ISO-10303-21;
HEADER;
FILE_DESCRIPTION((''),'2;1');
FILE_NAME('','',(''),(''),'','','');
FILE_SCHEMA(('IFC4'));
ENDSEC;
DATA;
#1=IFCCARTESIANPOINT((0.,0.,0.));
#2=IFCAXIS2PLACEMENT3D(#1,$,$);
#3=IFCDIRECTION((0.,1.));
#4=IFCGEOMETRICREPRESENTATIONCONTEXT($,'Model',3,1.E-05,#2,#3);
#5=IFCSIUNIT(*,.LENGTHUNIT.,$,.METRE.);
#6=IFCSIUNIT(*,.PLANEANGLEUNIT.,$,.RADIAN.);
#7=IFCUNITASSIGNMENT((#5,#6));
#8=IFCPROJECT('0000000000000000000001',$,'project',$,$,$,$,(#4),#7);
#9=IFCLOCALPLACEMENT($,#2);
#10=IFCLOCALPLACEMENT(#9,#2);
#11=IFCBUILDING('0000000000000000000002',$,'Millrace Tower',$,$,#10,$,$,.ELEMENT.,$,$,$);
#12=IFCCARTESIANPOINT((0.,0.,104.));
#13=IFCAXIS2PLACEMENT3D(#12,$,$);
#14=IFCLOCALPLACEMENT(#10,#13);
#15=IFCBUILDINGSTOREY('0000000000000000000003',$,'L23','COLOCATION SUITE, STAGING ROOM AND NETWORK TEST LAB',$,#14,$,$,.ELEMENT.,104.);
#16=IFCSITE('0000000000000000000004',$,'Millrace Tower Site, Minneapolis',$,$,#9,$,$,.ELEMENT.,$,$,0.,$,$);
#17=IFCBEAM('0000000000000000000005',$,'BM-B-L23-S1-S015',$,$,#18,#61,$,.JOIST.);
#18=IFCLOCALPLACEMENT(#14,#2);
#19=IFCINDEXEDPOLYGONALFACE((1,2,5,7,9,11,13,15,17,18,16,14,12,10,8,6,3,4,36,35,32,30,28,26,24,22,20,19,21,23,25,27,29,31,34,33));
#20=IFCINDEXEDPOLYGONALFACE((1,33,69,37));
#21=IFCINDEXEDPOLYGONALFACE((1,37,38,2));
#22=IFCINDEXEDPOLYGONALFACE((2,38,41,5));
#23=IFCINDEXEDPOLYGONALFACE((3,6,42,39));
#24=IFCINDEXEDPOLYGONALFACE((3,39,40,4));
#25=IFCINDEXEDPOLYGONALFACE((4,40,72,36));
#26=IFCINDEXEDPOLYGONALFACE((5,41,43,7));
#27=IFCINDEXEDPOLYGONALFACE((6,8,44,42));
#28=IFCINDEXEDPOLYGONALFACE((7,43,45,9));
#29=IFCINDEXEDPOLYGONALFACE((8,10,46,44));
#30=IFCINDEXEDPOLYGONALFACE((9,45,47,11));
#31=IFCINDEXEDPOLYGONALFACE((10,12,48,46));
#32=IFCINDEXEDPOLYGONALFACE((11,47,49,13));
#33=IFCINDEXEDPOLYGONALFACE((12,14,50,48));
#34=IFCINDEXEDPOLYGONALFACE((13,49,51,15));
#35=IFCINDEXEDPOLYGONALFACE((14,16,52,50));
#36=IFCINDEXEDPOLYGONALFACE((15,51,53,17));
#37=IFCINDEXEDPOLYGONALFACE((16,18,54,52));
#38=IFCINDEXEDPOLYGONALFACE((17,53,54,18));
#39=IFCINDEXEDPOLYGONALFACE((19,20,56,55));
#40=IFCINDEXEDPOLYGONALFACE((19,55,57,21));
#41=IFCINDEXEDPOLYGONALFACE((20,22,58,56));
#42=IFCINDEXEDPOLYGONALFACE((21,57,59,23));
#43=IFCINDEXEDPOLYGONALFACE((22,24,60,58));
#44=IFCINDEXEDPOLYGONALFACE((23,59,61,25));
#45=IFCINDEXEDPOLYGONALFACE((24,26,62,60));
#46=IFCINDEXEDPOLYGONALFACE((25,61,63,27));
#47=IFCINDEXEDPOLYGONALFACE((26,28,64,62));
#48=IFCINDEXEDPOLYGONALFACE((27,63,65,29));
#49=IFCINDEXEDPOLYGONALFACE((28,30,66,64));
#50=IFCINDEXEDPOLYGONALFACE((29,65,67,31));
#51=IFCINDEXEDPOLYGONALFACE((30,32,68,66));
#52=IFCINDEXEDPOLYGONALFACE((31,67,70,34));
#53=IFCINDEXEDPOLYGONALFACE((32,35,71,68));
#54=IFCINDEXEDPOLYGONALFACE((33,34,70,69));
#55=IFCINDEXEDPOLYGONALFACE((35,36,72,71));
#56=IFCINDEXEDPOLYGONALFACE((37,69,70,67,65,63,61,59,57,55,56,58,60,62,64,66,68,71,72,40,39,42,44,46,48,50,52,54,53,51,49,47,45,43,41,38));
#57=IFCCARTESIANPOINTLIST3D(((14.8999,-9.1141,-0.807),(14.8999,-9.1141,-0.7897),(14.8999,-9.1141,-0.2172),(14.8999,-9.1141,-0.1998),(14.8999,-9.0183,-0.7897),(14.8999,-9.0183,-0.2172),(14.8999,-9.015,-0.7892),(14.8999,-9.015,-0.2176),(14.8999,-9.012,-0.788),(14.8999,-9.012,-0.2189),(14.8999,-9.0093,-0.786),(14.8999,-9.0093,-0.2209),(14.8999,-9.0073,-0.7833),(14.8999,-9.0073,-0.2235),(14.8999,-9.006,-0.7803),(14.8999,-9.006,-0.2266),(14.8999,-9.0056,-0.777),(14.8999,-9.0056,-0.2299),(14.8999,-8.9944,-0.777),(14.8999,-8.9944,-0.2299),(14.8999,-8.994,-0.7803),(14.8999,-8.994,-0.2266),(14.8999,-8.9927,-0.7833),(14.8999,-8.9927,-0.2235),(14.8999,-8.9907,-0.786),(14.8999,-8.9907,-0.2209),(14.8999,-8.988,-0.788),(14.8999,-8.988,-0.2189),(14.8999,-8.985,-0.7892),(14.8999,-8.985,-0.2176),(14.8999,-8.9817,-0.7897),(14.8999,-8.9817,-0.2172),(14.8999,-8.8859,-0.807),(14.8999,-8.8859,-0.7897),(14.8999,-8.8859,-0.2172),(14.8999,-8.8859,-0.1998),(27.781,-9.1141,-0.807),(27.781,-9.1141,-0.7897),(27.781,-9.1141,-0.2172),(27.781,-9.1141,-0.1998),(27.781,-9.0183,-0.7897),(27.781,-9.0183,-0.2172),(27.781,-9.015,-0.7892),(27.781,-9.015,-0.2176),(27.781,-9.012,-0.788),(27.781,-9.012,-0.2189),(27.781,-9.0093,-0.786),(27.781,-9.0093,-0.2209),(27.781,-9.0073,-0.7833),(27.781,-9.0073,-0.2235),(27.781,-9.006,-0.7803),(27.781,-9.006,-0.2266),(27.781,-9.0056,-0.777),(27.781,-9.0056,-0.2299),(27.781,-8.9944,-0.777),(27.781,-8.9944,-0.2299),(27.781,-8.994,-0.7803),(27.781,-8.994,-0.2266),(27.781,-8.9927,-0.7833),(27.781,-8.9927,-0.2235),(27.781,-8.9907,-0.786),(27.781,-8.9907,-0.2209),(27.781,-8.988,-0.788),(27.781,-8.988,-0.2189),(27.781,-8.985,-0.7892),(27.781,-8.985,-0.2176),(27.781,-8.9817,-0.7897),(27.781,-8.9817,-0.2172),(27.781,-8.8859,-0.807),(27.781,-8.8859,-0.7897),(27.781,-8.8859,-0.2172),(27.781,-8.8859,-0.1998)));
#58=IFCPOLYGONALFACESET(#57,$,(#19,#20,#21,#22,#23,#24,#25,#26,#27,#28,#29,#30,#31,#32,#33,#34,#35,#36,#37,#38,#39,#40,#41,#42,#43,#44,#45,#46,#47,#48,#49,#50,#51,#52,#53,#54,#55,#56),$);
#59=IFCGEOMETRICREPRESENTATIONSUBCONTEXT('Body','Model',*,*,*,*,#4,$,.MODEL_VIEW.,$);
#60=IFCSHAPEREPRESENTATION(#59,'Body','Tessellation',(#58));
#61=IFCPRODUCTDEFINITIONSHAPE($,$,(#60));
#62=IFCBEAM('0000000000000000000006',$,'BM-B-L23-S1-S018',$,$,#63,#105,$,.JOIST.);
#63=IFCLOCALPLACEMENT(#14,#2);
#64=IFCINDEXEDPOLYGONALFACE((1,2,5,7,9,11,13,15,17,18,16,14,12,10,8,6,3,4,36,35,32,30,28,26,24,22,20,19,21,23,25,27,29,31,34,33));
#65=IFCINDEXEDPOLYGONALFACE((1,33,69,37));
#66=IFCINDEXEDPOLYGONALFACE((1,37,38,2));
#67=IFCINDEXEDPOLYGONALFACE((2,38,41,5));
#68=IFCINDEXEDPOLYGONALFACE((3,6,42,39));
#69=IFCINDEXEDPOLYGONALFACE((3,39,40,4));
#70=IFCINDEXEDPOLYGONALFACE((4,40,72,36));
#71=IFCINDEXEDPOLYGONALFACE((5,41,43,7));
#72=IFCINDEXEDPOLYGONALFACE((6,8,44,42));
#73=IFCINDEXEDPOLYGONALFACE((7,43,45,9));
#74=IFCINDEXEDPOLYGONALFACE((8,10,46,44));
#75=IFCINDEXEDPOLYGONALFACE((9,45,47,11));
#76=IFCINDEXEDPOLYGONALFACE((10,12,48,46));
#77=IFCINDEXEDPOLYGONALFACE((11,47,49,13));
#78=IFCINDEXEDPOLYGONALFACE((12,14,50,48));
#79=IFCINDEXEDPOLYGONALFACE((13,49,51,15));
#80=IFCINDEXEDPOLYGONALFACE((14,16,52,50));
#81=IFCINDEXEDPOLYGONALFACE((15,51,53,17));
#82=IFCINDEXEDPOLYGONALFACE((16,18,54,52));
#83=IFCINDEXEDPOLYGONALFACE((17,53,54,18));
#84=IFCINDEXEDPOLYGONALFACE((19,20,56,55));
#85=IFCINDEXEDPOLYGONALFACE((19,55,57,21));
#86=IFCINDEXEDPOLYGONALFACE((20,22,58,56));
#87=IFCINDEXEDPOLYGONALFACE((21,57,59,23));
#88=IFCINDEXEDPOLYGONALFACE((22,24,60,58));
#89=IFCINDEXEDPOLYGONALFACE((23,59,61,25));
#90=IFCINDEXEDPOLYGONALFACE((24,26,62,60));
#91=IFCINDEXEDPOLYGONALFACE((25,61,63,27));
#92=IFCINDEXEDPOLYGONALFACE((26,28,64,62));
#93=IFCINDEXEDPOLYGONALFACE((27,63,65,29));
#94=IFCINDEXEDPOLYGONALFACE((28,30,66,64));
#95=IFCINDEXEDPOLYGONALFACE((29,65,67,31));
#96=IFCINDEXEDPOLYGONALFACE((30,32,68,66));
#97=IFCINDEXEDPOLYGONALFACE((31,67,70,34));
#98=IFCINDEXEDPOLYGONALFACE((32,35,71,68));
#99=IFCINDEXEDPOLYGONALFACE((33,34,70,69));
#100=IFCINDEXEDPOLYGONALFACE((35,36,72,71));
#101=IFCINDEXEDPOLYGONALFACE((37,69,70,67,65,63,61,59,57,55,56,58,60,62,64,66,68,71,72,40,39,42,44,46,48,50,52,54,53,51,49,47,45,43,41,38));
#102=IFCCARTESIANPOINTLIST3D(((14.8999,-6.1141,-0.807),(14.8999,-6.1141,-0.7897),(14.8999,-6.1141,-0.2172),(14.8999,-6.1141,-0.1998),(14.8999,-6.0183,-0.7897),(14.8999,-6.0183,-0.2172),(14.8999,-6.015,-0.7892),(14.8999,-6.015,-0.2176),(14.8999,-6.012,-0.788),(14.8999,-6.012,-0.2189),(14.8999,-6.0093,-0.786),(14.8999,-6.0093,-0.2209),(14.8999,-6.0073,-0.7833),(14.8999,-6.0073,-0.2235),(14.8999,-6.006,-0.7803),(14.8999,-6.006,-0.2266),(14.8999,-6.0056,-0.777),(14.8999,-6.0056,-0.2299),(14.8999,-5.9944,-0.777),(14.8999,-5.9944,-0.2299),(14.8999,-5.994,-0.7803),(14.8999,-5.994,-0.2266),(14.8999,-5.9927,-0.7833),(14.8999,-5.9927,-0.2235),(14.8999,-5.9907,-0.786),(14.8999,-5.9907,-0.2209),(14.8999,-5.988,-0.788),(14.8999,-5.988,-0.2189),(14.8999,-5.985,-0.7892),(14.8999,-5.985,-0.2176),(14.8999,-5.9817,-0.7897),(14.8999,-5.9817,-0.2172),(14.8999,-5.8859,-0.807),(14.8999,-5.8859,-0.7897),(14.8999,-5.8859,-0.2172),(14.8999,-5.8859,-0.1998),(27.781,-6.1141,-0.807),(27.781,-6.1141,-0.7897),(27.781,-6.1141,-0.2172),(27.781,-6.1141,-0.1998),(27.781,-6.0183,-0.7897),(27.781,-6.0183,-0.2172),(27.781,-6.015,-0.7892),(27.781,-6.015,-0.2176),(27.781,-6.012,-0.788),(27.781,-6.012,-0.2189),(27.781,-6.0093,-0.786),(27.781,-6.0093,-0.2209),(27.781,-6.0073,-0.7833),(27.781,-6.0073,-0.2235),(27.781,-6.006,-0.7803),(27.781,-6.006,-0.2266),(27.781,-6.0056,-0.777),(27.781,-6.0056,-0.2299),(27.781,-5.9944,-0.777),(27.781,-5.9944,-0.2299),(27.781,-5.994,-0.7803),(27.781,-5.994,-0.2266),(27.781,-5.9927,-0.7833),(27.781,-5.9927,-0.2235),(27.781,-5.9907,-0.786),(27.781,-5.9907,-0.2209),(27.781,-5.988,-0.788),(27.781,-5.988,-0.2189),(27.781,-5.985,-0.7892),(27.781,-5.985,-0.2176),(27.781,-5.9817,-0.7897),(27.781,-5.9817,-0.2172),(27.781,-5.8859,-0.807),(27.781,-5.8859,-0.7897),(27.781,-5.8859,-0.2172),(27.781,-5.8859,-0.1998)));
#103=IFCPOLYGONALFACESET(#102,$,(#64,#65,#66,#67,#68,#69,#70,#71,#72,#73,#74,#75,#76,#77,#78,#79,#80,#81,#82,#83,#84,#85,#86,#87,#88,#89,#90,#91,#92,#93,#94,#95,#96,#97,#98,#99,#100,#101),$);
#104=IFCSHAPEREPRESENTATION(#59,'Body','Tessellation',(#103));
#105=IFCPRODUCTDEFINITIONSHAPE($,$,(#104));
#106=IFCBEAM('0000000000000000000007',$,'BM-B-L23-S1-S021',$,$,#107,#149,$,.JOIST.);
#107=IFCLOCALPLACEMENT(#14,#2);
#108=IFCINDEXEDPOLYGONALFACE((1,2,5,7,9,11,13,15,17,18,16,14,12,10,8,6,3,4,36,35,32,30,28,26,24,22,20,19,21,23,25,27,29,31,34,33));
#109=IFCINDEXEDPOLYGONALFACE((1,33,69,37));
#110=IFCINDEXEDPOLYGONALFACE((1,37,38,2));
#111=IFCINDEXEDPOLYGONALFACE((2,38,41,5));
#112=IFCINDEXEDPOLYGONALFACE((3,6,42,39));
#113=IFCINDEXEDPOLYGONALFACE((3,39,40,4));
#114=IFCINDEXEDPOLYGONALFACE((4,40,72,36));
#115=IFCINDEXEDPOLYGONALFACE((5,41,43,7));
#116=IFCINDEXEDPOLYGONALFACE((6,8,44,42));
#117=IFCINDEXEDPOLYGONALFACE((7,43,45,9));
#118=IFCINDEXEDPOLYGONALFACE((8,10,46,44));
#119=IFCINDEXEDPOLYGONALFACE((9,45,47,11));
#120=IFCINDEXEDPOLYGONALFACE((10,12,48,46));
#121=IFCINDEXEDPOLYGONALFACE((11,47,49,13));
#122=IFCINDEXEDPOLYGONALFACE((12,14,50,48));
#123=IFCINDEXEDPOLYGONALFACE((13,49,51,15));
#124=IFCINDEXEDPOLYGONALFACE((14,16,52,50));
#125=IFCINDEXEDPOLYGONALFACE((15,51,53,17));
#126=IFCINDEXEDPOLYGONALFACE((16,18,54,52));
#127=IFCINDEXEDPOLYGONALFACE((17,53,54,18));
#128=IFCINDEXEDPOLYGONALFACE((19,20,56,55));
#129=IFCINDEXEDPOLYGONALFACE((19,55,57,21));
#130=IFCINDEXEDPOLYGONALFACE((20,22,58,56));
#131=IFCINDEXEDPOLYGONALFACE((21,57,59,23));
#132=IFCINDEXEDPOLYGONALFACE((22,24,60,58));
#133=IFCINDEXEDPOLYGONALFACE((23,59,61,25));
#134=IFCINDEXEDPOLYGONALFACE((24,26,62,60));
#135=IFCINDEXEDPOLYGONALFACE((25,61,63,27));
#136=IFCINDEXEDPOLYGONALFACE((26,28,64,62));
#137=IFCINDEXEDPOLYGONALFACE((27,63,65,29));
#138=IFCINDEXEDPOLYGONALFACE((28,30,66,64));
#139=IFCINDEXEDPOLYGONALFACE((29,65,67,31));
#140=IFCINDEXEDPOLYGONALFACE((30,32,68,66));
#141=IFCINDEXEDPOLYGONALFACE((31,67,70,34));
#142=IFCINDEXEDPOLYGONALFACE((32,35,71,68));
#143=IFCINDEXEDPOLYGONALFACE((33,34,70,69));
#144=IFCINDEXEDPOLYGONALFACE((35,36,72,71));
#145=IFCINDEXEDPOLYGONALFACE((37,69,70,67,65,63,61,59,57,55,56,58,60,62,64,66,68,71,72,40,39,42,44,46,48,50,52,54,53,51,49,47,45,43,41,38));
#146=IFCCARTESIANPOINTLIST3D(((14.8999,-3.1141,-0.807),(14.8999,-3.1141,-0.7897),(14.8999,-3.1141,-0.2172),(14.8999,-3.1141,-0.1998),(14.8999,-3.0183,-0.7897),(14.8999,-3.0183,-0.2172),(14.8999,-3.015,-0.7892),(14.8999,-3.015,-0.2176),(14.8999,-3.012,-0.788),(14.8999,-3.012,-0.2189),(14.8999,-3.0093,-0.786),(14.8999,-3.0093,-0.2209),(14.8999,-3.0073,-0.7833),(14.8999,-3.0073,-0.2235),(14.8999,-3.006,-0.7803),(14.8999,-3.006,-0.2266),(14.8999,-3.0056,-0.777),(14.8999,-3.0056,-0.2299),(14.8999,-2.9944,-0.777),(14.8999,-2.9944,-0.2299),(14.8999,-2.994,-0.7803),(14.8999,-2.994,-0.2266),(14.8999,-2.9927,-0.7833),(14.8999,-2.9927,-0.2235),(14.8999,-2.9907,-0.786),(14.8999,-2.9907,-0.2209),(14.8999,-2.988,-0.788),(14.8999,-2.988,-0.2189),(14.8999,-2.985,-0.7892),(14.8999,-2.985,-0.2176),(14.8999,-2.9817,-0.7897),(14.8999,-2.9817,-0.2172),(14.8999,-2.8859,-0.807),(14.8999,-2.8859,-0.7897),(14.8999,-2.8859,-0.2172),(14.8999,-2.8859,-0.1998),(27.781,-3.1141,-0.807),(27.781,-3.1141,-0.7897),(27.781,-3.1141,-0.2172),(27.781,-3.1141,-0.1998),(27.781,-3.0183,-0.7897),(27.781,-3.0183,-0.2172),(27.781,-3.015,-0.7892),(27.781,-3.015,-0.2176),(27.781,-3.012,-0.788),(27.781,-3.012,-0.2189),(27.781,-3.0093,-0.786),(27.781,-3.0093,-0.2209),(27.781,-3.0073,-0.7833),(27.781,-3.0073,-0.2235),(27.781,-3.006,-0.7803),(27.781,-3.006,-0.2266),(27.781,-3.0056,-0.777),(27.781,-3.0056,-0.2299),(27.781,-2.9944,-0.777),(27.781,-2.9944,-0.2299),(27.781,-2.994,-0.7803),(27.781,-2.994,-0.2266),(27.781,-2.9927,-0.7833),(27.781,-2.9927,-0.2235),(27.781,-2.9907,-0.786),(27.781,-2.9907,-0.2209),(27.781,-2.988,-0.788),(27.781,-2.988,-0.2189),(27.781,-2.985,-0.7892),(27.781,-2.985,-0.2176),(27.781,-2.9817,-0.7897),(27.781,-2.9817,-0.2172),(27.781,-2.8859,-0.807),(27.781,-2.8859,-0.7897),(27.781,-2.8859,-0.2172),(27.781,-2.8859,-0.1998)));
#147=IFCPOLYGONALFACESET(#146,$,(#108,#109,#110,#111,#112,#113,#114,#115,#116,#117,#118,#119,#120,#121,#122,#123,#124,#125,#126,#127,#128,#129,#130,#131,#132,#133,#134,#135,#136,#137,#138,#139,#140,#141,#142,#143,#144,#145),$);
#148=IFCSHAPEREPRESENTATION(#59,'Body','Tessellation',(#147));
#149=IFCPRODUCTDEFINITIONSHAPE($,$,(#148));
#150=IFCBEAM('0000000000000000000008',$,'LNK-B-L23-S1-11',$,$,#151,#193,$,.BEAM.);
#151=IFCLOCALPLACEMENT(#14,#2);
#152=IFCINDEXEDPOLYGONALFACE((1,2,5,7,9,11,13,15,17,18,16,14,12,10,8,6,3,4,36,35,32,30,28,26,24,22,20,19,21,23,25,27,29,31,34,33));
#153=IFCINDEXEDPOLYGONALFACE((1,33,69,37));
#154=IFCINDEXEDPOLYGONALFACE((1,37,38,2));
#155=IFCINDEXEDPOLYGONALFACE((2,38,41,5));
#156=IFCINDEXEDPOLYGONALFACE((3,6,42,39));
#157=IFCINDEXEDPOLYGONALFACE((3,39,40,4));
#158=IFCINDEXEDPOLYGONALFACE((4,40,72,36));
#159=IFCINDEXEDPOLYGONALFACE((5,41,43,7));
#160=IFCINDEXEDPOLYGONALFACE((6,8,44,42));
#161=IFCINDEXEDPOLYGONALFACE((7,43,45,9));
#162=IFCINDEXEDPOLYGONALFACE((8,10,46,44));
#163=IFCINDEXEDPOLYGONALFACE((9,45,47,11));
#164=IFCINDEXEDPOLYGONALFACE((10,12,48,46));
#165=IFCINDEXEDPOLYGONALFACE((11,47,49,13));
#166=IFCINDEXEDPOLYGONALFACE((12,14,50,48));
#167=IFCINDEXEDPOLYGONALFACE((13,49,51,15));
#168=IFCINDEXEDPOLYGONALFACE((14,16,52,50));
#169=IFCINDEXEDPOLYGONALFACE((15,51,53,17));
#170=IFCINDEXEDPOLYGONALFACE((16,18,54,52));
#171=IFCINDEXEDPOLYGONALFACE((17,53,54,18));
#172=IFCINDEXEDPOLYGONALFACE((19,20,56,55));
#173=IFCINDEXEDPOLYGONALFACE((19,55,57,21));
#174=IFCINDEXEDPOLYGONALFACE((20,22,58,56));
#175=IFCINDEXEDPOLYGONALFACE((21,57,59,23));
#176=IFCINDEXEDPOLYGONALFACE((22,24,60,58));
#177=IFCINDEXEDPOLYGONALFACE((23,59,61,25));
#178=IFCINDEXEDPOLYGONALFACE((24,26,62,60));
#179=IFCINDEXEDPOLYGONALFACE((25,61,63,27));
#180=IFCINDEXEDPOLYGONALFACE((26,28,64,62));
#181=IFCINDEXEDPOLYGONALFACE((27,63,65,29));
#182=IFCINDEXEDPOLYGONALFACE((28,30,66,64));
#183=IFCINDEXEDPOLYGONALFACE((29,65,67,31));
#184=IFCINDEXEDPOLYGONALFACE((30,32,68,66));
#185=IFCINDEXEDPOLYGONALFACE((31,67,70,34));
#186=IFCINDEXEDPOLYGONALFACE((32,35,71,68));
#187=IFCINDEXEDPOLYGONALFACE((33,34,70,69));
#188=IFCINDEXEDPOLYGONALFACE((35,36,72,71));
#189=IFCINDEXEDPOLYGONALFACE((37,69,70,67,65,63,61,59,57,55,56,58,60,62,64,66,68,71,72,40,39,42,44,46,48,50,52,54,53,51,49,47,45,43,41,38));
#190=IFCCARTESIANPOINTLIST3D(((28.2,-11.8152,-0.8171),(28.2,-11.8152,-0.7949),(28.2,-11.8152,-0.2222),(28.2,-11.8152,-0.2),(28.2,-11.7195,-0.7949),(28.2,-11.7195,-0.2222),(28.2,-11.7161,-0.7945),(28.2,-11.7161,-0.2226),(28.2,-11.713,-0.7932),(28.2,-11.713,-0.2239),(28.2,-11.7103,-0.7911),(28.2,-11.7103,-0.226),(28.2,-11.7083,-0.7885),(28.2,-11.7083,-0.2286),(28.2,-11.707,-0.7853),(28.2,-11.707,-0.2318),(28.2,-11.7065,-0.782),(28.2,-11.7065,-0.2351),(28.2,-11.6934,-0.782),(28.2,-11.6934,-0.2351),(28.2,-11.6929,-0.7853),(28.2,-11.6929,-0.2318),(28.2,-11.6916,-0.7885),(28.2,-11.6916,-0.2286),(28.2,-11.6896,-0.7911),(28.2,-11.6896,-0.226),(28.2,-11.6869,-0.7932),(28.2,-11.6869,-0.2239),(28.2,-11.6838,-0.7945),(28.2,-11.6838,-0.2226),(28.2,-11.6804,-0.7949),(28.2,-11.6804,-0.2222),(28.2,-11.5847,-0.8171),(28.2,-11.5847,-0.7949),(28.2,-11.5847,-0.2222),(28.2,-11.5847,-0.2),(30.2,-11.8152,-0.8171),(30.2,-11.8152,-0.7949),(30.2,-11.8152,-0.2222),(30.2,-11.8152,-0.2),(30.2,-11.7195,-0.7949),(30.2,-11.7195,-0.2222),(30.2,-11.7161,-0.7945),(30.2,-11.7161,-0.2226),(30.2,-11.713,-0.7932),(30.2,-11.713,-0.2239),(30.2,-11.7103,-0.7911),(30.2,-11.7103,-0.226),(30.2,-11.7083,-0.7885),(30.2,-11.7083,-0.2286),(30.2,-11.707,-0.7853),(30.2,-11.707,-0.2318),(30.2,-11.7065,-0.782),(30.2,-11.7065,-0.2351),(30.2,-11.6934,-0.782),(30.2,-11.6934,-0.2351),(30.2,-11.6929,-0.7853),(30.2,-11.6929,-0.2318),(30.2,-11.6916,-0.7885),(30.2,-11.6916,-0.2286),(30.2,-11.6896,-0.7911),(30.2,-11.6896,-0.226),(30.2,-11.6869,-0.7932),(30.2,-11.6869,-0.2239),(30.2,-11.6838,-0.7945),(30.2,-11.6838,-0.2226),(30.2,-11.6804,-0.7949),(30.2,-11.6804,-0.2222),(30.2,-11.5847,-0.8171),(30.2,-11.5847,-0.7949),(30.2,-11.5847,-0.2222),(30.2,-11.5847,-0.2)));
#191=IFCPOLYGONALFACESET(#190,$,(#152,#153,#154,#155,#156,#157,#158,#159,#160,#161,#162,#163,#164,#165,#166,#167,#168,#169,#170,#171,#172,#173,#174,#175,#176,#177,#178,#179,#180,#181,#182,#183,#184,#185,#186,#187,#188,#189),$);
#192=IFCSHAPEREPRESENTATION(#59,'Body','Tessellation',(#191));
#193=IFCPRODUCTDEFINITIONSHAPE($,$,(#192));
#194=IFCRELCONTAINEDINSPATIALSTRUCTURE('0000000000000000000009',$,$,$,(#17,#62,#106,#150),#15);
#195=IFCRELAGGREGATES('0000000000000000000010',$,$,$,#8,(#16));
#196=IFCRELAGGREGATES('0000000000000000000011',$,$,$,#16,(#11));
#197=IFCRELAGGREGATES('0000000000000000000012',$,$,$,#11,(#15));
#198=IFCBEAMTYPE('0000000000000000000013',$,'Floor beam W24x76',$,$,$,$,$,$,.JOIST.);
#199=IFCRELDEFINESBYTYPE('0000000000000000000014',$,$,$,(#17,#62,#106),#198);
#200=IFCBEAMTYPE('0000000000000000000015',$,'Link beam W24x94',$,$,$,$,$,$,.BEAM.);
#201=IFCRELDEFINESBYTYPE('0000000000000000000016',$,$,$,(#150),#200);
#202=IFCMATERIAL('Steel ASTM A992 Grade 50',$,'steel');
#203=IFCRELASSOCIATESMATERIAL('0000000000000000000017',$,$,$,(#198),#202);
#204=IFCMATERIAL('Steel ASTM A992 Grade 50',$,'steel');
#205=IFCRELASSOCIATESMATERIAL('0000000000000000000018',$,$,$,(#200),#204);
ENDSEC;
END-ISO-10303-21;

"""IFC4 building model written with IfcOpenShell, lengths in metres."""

from ifc_helpers import new_model, si_unit, direction, frame, origin, origin_2d, place, context, subcontext, project, spatial, i_section, extrude, material, material_profile, profile_set, type_object, element, save


model = new_model("IFC4")

# Units and contexts
model_context = context("Model", 3, precision=1e-05, world=origin(), true_north=direction((0.0, 1.0)))
body_context = subcontext(model_context, "Body", "Model", "MODEL_VIEW")
ifc_project = project(units=[si_unit("LENGTHUNIT", "METRE"), si_unit("PLANEANGLEUNIT", "RADIAN")], contexts=[model_context])

# Site, building, storey
site_placement = place(None, origin())
site = spatial("IfcSite", under=ifc_project, at=site_placement, Name="Millrace Tower Site, Minneapolis", CompositionType="ELEMENT", RefElevation=0.0)
building_placement = place(site_placement, origin())
building = spatial("IfcBuilding", under=site, at=building_placement, Name="Millrace Tower", CompositionType="ELEMENT")
storey_placement = place(building_placement, frame((0.0, 0.0, 104.0)))
storey = spatial("IfcBuildingStorey", under=building, at=storey_placement, Name="L23", Description="COLOCATION SUITE, STAGING ROOM AND NETWORK TEST LAB", CompositionType="ELEMENT", Elevation=104.0)

# Beams
ifc_material_1 = material(Name="Steel ASTM A992 Grade 50", Category="steel")
ifc_material_profile_1 = material_profile(ifc_material_1, i_section(OverallWidth=0.2283, OverallDepth=0.6072, WebThickness=0.0112, FlangeThickness=0.0173, FilletRadius=0.0127, at=origin_2d()))
ifc_profile_set_1 = profile_set([ifc_material_profile_1], Name="Steel ASTM A992 Grade 50")
beam_type_1 = type_object("IfcBeamType", Name="Floor beam W24x76", PredefinedType="JOIST", material=ifc_profile_set_1)
for number, where, z_axis, x_axis, name in (
    (1, (14.8999, -9.0, -0.5034), (1.0, 0.0, 0.0), (0.0, 1.0, 0.0), "BM-B-L23-S1-S015"),
    (2, (14.8999, -6.0, -0.5034), (1.0, 0.0, 0.0), (0.0, 1.0, 0.0), "BM-B-L23-S1-S018"),
    (3, (14.8999, -3.0, -0.5034), (1.0, 0.0, 0.0), (0.0, 1.0, 0.0), "BM-B-L23-S1-S021"),
):
    element("IfcBeam", number, at=place(storey_placement, frame(where, z_axis=z_axis, x_axis=x_axis)), inside=storey, type_object=beam_type_1, Name=name, PredefinedType="JOIST", context=body_context, shape_type="SweptSolid", body=[
        extrude(i_section(OverallWidth=0.2283, OverallDepth=0.6072, WebThickness=0.0112, FlangeThickness=0.0173, FilletRadius=0.0127, at=origin_2d()), origin(), (0.0, 0.0, 1.0), 12.8811),
    ])
ifc_material_2 = material(Name="Steel ASTM A992 Grade 50", Category="steel")
ifc_material_profile_2 = material_profile(ifc_material_2, i_section(OverallWidth=0.2305, OverallDepth=0.6172, WebThickness=0.0132, FlangeThickness=0.0222, FilletRadius=0.0129, at=origin_2d()))
ifc_profile_set_2 = profile_set([ifc_material_profile_2], Name="Steel ASTM A992 Grade 50")
beam_type_2 = type_object("IfcBeamType", Name="Link beam W24x94", PredefinedType="BEAM", material=ifc_profile_set_2)
beam_1_placement = place(storey_placement, frame((28.2, -11.7, -0.5085), z_axis=(1.0, 0.0, 0.0), x_axis=(0.0, 1.0, 0.0)))
element("IfcBeam", 4, at=beam_1_placement, inside=storey, type_object=beam_type_2, Name="LNK-B-L23-S1-11", PredefinedType="BEAM", context=body_context, shape_type="SweptSolid", body=[
    extrude(i_section(OverallWidth=0.2305, OverallDepth=0.6172, WebThickness=0.0132, FlangeThickness=0.0222, FilletRadius=0.0129, at=origin_2d()), origin(), (0.0, 0.0, 1.0), 2.0),
])

save(model, "model.ifc")
